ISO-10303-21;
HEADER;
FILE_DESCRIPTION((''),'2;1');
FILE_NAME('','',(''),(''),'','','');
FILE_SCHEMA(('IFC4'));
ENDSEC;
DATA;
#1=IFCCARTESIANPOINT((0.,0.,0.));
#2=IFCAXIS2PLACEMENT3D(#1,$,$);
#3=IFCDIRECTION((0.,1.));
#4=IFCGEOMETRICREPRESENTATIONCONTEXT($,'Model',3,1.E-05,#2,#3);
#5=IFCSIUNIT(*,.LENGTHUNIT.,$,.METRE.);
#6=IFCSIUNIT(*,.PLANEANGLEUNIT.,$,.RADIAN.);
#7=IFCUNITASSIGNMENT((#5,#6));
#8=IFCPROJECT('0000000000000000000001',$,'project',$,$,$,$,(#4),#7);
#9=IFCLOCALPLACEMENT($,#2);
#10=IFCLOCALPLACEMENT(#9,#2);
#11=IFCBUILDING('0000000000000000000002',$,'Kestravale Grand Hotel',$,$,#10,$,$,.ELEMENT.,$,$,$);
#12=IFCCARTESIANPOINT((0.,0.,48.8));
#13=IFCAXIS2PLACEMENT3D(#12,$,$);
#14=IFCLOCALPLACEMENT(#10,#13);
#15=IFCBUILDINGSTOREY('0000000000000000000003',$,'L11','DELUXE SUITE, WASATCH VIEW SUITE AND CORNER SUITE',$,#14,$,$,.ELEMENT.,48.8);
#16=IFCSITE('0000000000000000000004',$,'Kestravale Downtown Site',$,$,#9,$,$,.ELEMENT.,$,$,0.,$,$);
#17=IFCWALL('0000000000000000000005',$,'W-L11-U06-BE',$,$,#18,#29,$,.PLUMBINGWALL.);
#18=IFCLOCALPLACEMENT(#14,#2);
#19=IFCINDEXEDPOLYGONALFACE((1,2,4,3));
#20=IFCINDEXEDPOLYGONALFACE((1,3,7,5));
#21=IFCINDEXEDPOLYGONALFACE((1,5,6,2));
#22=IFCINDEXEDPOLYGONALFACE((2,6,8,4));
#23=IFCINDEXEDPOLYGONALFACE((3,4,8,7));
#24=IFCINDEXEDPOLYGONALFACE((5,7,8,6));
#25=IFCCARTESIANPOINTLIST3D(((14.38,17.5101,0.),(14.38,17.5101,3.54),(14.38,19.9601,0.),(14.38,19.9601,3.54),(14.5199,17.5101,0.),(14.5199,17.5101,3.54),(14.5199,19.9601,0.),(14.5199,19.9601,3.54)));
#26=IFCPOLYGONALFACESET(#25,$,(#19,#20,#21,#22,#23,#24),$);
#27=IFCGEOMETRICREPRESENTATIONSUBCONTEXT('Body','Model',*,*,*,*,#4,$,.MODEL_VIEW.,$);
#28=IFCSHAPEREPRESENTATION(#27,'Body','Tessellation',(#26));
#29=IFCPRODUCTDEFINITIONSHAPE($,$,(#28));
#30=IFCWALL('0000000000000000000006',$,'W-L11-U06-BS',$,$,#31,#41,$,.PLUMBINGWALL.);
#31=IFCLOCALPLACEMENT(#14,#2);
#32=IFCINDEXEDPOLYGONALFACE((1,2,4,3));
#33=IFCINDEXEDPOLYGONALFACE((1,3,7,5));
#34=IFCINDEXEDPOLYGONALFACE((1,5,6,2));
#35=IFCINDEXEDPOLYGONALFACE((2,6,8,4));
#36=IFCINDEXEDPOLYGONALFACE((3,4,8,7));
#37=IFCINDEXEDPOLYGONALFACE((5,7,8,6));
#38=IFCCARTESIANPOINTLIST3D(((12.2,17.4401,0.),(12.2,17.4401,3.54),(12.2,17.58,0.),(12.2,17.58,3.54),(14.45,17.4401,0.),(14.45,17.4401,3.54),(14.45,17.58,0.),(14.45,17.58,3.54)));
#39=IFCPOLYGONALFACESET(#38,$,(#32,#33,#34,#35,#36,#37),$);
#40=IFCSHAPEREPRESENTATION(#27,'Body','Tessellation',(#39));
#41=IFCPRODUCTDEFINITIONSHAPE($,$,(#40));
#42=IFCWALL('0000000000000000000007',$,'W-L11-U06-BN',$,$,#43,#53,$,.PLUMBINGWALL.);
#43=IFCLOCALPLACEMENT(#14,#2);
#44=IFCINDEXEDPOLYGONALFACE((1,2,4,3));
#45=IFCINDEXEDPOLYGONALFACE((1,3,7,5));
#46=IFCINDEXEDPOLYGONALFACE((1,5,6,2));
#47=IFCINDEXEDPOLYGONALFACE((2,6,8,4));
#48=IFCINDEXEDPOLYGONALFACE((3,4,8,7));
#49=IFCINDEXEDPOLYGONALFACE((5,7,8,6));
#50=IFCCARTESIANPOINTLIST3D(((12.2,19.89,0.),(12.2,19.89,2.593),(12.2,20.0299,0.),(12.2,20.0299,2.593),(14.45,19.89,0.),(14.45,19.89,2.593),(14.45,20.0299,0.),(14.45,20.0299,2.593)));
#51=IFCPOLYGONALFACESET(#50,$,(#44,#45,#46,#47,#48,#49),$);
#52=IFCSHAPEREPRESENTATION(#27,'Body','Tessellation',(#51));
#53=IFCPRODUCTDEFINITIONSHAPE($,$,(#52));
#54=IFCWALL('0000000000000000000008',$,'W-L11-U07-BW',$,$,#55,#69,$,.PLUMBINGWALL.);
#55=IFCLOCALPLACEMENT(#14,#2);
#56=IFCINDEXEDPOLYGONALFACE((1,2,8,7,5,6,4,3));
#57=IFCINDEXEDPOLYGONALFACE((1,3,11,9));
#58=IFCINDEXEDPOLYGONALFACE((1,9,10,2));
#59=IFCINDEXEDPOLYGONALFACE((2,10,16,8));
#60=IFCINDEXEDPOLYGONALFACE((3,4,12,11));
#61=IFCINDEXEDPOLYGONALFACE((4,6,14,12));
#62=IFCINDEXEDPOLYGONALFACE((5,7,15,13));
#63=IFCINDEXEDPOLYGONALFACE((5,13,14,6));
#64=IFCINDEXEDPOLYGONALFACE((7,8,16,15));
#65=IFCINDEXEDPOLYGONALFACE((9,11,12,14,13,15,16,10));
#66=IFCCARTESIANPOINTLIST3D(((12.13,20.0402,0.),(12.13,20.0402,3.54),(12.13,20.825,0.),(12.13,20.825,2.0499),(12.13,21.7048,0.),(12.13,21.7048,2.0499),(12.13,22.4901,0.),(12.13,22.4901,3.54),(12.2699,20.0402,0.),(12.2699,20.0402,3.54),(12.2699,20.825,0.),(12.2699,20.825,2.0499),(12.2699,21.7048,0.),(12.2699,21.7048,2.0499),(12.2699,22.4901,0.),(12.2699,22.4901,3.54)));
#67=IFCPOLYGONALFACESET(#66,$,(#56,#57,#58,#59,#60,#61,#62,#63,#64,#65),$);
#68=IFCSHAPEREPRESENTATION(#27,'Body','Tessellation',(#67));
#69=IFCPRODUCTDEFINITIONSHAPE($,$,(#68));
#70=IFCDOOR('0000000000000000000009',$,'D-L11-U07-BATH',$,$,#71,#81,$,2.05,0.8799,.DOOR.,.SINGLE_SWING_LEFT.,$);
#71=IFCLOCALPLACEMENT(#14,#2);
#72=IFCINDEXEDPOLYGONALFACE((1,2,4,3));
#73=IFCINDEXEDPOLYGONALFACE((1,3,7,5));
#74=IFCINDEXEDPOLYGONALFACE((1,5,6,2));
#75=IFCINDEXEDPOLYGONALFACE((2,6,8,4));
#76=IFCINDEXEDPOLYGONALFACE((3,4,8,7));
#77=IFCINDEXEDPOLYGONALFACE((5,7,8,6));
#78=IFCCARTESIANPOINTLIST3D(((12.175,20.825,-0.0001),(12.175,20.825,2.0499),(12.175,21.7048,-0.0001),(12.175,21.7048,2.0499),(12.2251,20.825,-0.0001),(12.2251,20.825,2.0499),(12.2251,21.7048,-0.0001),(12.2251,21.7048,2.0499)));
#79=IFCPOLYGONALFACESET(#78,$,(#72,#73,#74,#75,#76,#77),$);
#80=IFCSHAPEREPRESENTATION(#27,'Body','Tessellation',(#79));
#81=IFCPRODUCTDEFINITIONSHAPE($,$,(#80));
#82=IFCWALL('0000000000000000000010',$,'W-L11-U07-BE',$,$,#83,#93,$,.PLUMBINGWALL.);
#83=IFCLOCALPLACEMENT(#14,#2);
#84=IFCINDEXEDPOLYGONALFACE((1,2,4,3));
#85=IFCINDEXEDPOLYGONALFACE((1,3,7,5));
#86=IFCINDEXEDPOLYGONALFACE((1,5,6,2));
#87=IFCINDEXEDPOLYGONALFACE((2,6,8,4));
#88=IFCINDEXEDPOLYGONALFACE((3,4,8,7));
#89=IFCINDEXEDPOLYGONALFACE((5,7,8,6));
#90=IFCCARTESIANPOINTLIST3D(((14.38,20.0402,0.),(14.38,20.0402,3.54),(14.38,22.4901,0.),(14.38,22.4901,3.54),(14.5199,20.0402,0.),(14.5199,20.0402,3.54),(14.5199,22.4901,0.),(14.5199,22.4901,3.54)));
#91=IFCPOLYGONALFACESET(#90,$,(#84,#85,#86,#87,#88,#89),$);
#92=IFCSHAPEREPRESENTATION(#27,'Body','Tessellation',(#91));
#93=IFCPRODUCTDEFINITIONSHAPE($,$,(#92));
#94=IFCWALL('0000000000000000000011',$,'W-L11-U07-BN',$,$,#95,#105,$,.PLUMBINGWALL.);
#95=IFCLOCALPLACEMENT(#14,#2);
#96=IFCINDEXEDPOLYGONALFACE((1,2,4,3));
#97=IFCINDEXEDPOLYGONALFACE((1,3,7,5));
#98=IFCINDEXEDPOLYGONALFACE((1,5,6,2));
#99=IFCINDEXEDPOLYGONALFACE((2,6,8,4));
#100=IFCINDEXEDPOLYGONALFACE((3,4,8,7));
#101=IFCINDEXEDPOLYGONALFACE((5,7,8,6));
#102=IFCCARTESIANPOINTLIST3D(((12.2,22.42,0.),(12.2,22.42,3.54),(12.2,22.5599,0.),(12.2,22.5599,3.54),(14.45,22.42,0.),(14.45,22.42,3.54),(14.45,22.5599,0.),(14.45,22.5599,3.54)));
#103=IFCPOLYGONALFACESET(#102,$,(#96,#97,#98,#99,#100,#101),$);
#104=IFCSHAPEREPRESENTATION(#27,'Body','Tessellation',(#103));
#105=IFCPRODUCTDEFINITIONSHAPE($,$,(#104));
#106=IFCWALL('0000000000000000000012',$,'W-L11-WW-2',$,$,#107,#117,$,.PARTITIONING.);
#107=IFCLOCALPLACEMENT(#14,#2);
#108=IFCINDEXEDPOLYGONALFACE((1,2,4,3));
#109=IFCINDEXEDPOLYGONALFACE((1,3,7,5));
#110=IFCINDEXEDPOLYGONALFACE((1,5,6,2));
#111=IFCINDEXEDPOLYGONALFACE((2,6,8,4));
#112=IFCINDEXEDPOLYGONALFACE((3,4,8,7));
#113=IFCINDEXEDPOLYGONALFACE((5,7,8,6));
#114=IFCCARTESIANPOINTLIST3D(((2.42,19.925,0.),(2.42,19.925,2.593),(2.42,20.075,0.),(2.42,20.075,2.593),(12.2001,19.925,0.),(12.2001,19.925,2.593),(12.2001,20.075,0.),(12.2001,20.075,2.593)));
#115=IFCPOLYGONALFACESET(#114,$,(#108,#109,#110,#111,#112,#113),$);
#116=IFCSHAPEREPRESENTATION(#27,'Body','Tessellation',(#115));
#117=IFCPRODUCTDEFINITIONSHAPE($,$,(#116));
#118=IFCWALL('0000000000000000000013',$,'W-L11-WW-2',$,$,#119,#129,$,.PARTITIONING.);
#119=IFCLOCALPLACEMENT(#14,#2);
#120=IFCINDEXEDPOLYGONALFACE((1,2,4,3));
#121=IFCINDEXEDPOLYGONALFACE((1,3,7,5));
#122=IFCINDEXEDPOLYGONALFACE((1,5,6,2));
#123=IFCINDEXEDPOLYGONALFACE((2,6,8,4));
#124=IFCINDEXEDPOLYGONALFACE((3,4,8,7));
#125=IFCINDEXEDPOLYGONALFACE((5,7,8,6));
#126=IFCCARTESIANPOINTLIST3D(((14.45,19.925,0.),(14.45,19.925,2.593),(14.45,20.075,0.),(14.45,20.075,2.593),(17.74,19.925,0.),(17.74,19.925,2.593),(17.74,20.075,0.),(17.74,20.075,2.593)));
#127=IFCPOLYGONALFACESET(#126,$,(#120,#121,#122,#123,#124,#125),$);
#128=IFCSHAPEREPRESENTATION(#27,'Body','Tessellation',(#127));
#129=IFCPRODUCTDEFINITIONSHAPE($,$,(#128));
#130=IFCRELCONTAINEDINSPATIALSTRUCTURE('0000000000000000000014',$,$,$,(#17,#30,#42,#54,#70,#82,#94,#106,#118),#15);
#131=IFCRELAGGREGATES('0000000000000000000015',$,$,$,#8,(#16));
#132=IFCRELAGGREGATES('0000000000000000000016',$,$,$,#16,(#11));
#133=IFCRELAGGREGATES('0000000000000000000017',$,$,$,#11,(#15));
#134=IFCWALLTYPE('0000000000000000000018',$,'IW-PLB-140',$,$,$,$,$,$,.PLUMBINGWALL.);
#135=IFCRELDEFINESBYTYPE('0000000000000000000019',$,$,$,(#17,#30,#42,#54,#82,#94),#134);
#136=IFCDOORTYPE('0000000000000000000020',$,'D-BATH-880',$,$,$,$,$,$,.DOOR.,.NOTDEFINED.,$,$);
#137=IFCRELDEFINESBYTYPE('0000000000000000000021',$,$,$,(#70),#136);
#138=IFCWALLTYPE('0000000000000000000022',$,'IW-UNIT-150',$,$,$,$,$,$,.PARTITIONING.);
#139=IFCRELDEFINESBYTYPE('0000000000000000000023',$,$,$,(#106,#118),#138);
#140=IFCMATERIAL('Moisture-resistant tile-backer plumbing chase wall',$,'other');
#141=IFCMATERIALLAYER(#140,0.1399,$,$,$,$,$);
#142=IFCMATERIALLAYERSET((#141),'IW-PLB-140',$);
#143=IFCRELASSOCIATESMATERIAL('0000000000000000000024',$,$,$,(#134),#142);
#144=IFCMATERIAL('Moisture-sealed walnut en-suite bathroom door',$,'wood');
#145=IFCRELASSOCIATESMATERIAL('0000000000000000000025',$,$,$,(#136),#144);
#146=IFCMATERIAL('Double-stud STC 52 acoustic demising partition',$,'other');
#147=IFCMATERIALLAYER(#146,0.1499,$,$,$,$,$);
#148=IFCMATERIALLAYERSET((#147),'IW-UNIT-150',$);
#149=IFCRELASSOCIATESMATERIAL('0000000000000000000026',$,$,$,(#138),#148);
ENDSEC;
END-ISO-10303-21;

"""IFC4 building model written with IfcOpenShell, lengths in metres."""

from ifc_helpers import new_model, si_unit, direction, frame, frame_2d, origin, place, context, subcontext, project, spatial, rectangle, extrude, material, layer, layer_set, type_object, element, fill, save


model = new_model("IFC4")

# Units and contexts
model_context = context("Model", 3, precision=1e-05, world=origin(), true_north=direction((0.0, 1.0)))
body_context = subcontext(model_context, "Body", "Model", "MODEL_VIEW")
ifc_project = project(units=[si_unit("LENGTHUNIT", "METRE"), si_unit("PLANEANGLEUNIT", "RADIAN")], contexts=[model_context])

# Site, building, storey
site_placement = place(None, origin())
site = spatial("IfcSite", under=ifc_project, at=site_placement, Name="Kestravale Downtown Site", CompositionType="ELEMENT", RefElevation=0.0)
building_placement = place(site_placement, origin())
building = spatial("IfcBuilding", under=site, at=building_placement, Name="Kestravale Grand Hotel", CompositionType="ELEMENT")
storey_placement = place(building_placement, frame((0.0, 0.0, 48.8)))
storey = spatial("IfcBuildingStorey", under=building, at=storey_placement, Name="L11", Description="DELUXE SUITE, WASATCH VIEW SUITE AND CORNER SUITE", CompositionType="ELEMENT", Elevation=48.8)

# Shared definitions
ifc_material_1 = material(Name="Moisture-resistant tile-backer plumbing chase wall", Category="other")
ifc_layer_1 = layer(ifc_material_1, 0.1399)
ifc_layer_set_1 = layer_set([ifc_layer_1], Name="IW-PLB-140")
wall_type_1 = type_object("IfcWallType", Name="IW-PLB-140", PredefinedType="PLUMBINGWALL", material=ifc_layer_set_1)
ifc_material_2 = material(Name="Moisture-sealed walnut en-suite bathroom door", Category="wood")
door_type_1 = type_object("IfcDoorType", Name="D-BATH-880", OperationType="NOTDEFINED", PredefinedType="DOOR", material=ifc_material_2)

# Walls
wall_1_placement = place(storey_placement, frame((14.45, 17.51, 0.0), z_axis=(0.0, 0.0, 1.0), x_axis=(0.0, 1.0, 0.0)))
element("IfcWall", 1, at=wall_1_placement, inside=storey, type_object=wall_type_1, Name="W-L11-U06-BE", PredefinedType="PLUMBINGWALL", context=body_context, shape_type="SweptSolid", body=[
    extrude(rectangle(XDim=2.45, YDim=0.1399, at=frame_2d((1.2251, 0.0))), origin(), (0.0, 0.0, 1.0), 3.54),
])
wall_2_placement = place(storey_placement, frame((12.2, 17.51, 0.0), z_axis=(0.0, 0.0, 1.0), x_axis=(1.0, 0.0, 0.0)))
element("IfcWall", 2, at=wall_2_placement, inside=storey, type_object=wall_type_1, Name="W-L11-U06-BS", PredefinedType="PLUMBINGWALL", context=body_context, shape_type="SweptSolid", body=[
    extrude(rectangle(XDim=2.25, YDim=0.1399, at=frame_2d((1.125, 0.0))), origin(), (0.0, 0.0, 1.0), 3.54),
])
wall_3_placement = place(storey_placement, frame((12.2, 19.96, 0.0), z_axis=(0.0, 0.0, 1.0), x_axis=(1.0, 0.0, 0.0)))
element("IfcWall", 3, at=wall_3_placement, inside=storey, type_object=wall_type_1, Name="W-L11-U06-BN", PredefinedType="PLUMBINGWALL", context=body_context, shape_type="SweptSolid", body=[
    extrude(rectangle(XDim=2.25, YDim=0.1399, at=frame_2d((1.125, 0.0))), origin(), (0.0, 0.0, 1.0), 2.593),
])

# Wall, opening, door
wall_4_placement = place(storey_placement, frame((12.2, 20.04, 0.0), z_axis=(0.0, 0.0, 1.0), x_axis=(0.0, 1.0, 0.0)))
wall_4 = element("IfcWall", 4, at=wall_4_placement, inside=storey, type_object=wall_type_1, Name="W-L11-U07-BW", PredefinedType="PLUMBINGWALL", context=body_context, shape_type="SweptSolid", body=[
    extrude(rectangle(XDim=2.45, YDim=0.1399, at=frame_2d((1.2251, 0.0))), origin(), (0.0, 0.0, 1.0), 3.54),
])
opening_1_placement = place(wall_4_placement, frame((0.7849, 0.0, 0.0)))
opening_1 = element("IfcOpeningElement", 5, at=opening_1_placement, cuts=wall_4, PredefinedType="OPENING", context=body_context, shape_type="SweptSolid", body=[
    extrude(rectangle(XDim=0.8799, YDim=2.05, at=frame_2d((0.4399, 1.0249))), frame((0.0, 0.0798, 0.0), z_axis=(0.0, -1.0, 0.0), x_axis=(1.0, 0.0, 0.0)), (0.0, 0.0, 1.0), 0.1599),
])
door_1_placement = place(opening_1_placement, origin())
door_1 = element("IfcDoor", 6, at=door_1_placement, inside=storey, type_object=door_type_1, Name="D-L11-U07-BATH", OperationType="SINGLE_SWING_LEFT", OverallHeight=2.05, OverallWidth=0.8799, PredefinedType="DOOR", context=body_context, shape_type="SweptSolid", body=[
    extrude(rectangle(XDim=0.8799, YDim=2.05, at=frame_2d((0.4399, 1.0249))), frame((0.0, 0.0249, 0.0), z_axis=(0.0, -1.0, 0.0), x_axis=(1.0, 0.0, 0.0)), (0.0, 0.0, 1.0), 0.05),
])
fill(opening_1, door_1)

# Walls
wall_5_placement = place(storey_placement, frame((14.45, 20.04, 0.0), z_axis=(0.0, 0.0, 1.0), x_axis=(0.0, 1.0, 0.0)))
element("IfcWall", 7, at=wall_5_placement, inside=storey, type_object=wall_type_1, Name="W-L11-U07-BE", PredefinedType="PLUMBINGWALL", context=body_context, shape_type="SweptSolid", body=[
    extrude(rectangle(XDim=2.45, YDim=0.1399, at=frame_2d((1.2251, 0.0))), origin(), (0.0, 0.0, 1.0), 3.54),
])
wall_6_placement = place(storey_placement, frame((12.2, 22.49, 0.0), z_axis=(0.0, 0.0, 1.0), x_axis=(1.0, 0.0, 0.0)))
element("IfcWall", 8, at=wall_6_placement, inside=storey, type_object=wall_type_1, Name="W-L11-U07-BN", PredefinedType="PLUMBINGWALL", context=body_context, shape_type="SweptSolid", body=[
    extrude(rectangle(XDim=2.25, YDim=0.1399, at=frame_2d((1.125, 0.0))), origin(), (0.0, 0.0, 1.0), 3.54),
])
ifc_material_3 = material(Name="Double-stud STC 52 acoustic demising partition", Category="other")
ifc_layer_2 = layer(ifc_material_3, 0.1499)
ifc_layer_set_2 = layer_set([ifc_layer_2], Name="IW-UNIT-150")
wall_type_2 = type_object("IfcWallType", Name="IW-UNIT-150", PredefinedType="PARTITIONING", material=ifc_layer_set_2)
wall_7_placement = place(storey_placement, frame((2.4199, 20.0, 0.0), z_axis=(0.0, 0.0, 1.0), x_axis=(1.0, 0.0, 0.0)))
element("IfcWall", 9, at=wall_7_placement, inside=storey, type_object=wall_type_2, Name="W-L11-WW-2", PredefinedType="PARTITIONING", context=body_context, shape_type="SweptSolid", body=[
    extrude(rectangle(XDim=9.78, YDim=0.1499, at=frame_2d((4.8901, 0.0))), origin(), (0.0, 0.0, 1.0), 2.593),
])
wall_8_placement = place(storey_placement, frame((14.45, 20.0, 0.0), z_axis=(0.0, 0.0, 1.0), x_axis=(1.0, 0.0, 0.0)))
element("IfcWall", 10, at=wall_8_placement, inside=storey, type_object=wall_type_2, Name="W-L11-WW-2", PredefinedType="PARTITIONING", context=body_context, shape_type="SweptSolid", body=[
    extrude(rectangle(XDim=3.29, YDim=0.1499, at=frame_2d((1.645, 0.0))), origin(), (0.0, 0.0, 1.0), 2.593),
])

save(model, "model.ifc")
